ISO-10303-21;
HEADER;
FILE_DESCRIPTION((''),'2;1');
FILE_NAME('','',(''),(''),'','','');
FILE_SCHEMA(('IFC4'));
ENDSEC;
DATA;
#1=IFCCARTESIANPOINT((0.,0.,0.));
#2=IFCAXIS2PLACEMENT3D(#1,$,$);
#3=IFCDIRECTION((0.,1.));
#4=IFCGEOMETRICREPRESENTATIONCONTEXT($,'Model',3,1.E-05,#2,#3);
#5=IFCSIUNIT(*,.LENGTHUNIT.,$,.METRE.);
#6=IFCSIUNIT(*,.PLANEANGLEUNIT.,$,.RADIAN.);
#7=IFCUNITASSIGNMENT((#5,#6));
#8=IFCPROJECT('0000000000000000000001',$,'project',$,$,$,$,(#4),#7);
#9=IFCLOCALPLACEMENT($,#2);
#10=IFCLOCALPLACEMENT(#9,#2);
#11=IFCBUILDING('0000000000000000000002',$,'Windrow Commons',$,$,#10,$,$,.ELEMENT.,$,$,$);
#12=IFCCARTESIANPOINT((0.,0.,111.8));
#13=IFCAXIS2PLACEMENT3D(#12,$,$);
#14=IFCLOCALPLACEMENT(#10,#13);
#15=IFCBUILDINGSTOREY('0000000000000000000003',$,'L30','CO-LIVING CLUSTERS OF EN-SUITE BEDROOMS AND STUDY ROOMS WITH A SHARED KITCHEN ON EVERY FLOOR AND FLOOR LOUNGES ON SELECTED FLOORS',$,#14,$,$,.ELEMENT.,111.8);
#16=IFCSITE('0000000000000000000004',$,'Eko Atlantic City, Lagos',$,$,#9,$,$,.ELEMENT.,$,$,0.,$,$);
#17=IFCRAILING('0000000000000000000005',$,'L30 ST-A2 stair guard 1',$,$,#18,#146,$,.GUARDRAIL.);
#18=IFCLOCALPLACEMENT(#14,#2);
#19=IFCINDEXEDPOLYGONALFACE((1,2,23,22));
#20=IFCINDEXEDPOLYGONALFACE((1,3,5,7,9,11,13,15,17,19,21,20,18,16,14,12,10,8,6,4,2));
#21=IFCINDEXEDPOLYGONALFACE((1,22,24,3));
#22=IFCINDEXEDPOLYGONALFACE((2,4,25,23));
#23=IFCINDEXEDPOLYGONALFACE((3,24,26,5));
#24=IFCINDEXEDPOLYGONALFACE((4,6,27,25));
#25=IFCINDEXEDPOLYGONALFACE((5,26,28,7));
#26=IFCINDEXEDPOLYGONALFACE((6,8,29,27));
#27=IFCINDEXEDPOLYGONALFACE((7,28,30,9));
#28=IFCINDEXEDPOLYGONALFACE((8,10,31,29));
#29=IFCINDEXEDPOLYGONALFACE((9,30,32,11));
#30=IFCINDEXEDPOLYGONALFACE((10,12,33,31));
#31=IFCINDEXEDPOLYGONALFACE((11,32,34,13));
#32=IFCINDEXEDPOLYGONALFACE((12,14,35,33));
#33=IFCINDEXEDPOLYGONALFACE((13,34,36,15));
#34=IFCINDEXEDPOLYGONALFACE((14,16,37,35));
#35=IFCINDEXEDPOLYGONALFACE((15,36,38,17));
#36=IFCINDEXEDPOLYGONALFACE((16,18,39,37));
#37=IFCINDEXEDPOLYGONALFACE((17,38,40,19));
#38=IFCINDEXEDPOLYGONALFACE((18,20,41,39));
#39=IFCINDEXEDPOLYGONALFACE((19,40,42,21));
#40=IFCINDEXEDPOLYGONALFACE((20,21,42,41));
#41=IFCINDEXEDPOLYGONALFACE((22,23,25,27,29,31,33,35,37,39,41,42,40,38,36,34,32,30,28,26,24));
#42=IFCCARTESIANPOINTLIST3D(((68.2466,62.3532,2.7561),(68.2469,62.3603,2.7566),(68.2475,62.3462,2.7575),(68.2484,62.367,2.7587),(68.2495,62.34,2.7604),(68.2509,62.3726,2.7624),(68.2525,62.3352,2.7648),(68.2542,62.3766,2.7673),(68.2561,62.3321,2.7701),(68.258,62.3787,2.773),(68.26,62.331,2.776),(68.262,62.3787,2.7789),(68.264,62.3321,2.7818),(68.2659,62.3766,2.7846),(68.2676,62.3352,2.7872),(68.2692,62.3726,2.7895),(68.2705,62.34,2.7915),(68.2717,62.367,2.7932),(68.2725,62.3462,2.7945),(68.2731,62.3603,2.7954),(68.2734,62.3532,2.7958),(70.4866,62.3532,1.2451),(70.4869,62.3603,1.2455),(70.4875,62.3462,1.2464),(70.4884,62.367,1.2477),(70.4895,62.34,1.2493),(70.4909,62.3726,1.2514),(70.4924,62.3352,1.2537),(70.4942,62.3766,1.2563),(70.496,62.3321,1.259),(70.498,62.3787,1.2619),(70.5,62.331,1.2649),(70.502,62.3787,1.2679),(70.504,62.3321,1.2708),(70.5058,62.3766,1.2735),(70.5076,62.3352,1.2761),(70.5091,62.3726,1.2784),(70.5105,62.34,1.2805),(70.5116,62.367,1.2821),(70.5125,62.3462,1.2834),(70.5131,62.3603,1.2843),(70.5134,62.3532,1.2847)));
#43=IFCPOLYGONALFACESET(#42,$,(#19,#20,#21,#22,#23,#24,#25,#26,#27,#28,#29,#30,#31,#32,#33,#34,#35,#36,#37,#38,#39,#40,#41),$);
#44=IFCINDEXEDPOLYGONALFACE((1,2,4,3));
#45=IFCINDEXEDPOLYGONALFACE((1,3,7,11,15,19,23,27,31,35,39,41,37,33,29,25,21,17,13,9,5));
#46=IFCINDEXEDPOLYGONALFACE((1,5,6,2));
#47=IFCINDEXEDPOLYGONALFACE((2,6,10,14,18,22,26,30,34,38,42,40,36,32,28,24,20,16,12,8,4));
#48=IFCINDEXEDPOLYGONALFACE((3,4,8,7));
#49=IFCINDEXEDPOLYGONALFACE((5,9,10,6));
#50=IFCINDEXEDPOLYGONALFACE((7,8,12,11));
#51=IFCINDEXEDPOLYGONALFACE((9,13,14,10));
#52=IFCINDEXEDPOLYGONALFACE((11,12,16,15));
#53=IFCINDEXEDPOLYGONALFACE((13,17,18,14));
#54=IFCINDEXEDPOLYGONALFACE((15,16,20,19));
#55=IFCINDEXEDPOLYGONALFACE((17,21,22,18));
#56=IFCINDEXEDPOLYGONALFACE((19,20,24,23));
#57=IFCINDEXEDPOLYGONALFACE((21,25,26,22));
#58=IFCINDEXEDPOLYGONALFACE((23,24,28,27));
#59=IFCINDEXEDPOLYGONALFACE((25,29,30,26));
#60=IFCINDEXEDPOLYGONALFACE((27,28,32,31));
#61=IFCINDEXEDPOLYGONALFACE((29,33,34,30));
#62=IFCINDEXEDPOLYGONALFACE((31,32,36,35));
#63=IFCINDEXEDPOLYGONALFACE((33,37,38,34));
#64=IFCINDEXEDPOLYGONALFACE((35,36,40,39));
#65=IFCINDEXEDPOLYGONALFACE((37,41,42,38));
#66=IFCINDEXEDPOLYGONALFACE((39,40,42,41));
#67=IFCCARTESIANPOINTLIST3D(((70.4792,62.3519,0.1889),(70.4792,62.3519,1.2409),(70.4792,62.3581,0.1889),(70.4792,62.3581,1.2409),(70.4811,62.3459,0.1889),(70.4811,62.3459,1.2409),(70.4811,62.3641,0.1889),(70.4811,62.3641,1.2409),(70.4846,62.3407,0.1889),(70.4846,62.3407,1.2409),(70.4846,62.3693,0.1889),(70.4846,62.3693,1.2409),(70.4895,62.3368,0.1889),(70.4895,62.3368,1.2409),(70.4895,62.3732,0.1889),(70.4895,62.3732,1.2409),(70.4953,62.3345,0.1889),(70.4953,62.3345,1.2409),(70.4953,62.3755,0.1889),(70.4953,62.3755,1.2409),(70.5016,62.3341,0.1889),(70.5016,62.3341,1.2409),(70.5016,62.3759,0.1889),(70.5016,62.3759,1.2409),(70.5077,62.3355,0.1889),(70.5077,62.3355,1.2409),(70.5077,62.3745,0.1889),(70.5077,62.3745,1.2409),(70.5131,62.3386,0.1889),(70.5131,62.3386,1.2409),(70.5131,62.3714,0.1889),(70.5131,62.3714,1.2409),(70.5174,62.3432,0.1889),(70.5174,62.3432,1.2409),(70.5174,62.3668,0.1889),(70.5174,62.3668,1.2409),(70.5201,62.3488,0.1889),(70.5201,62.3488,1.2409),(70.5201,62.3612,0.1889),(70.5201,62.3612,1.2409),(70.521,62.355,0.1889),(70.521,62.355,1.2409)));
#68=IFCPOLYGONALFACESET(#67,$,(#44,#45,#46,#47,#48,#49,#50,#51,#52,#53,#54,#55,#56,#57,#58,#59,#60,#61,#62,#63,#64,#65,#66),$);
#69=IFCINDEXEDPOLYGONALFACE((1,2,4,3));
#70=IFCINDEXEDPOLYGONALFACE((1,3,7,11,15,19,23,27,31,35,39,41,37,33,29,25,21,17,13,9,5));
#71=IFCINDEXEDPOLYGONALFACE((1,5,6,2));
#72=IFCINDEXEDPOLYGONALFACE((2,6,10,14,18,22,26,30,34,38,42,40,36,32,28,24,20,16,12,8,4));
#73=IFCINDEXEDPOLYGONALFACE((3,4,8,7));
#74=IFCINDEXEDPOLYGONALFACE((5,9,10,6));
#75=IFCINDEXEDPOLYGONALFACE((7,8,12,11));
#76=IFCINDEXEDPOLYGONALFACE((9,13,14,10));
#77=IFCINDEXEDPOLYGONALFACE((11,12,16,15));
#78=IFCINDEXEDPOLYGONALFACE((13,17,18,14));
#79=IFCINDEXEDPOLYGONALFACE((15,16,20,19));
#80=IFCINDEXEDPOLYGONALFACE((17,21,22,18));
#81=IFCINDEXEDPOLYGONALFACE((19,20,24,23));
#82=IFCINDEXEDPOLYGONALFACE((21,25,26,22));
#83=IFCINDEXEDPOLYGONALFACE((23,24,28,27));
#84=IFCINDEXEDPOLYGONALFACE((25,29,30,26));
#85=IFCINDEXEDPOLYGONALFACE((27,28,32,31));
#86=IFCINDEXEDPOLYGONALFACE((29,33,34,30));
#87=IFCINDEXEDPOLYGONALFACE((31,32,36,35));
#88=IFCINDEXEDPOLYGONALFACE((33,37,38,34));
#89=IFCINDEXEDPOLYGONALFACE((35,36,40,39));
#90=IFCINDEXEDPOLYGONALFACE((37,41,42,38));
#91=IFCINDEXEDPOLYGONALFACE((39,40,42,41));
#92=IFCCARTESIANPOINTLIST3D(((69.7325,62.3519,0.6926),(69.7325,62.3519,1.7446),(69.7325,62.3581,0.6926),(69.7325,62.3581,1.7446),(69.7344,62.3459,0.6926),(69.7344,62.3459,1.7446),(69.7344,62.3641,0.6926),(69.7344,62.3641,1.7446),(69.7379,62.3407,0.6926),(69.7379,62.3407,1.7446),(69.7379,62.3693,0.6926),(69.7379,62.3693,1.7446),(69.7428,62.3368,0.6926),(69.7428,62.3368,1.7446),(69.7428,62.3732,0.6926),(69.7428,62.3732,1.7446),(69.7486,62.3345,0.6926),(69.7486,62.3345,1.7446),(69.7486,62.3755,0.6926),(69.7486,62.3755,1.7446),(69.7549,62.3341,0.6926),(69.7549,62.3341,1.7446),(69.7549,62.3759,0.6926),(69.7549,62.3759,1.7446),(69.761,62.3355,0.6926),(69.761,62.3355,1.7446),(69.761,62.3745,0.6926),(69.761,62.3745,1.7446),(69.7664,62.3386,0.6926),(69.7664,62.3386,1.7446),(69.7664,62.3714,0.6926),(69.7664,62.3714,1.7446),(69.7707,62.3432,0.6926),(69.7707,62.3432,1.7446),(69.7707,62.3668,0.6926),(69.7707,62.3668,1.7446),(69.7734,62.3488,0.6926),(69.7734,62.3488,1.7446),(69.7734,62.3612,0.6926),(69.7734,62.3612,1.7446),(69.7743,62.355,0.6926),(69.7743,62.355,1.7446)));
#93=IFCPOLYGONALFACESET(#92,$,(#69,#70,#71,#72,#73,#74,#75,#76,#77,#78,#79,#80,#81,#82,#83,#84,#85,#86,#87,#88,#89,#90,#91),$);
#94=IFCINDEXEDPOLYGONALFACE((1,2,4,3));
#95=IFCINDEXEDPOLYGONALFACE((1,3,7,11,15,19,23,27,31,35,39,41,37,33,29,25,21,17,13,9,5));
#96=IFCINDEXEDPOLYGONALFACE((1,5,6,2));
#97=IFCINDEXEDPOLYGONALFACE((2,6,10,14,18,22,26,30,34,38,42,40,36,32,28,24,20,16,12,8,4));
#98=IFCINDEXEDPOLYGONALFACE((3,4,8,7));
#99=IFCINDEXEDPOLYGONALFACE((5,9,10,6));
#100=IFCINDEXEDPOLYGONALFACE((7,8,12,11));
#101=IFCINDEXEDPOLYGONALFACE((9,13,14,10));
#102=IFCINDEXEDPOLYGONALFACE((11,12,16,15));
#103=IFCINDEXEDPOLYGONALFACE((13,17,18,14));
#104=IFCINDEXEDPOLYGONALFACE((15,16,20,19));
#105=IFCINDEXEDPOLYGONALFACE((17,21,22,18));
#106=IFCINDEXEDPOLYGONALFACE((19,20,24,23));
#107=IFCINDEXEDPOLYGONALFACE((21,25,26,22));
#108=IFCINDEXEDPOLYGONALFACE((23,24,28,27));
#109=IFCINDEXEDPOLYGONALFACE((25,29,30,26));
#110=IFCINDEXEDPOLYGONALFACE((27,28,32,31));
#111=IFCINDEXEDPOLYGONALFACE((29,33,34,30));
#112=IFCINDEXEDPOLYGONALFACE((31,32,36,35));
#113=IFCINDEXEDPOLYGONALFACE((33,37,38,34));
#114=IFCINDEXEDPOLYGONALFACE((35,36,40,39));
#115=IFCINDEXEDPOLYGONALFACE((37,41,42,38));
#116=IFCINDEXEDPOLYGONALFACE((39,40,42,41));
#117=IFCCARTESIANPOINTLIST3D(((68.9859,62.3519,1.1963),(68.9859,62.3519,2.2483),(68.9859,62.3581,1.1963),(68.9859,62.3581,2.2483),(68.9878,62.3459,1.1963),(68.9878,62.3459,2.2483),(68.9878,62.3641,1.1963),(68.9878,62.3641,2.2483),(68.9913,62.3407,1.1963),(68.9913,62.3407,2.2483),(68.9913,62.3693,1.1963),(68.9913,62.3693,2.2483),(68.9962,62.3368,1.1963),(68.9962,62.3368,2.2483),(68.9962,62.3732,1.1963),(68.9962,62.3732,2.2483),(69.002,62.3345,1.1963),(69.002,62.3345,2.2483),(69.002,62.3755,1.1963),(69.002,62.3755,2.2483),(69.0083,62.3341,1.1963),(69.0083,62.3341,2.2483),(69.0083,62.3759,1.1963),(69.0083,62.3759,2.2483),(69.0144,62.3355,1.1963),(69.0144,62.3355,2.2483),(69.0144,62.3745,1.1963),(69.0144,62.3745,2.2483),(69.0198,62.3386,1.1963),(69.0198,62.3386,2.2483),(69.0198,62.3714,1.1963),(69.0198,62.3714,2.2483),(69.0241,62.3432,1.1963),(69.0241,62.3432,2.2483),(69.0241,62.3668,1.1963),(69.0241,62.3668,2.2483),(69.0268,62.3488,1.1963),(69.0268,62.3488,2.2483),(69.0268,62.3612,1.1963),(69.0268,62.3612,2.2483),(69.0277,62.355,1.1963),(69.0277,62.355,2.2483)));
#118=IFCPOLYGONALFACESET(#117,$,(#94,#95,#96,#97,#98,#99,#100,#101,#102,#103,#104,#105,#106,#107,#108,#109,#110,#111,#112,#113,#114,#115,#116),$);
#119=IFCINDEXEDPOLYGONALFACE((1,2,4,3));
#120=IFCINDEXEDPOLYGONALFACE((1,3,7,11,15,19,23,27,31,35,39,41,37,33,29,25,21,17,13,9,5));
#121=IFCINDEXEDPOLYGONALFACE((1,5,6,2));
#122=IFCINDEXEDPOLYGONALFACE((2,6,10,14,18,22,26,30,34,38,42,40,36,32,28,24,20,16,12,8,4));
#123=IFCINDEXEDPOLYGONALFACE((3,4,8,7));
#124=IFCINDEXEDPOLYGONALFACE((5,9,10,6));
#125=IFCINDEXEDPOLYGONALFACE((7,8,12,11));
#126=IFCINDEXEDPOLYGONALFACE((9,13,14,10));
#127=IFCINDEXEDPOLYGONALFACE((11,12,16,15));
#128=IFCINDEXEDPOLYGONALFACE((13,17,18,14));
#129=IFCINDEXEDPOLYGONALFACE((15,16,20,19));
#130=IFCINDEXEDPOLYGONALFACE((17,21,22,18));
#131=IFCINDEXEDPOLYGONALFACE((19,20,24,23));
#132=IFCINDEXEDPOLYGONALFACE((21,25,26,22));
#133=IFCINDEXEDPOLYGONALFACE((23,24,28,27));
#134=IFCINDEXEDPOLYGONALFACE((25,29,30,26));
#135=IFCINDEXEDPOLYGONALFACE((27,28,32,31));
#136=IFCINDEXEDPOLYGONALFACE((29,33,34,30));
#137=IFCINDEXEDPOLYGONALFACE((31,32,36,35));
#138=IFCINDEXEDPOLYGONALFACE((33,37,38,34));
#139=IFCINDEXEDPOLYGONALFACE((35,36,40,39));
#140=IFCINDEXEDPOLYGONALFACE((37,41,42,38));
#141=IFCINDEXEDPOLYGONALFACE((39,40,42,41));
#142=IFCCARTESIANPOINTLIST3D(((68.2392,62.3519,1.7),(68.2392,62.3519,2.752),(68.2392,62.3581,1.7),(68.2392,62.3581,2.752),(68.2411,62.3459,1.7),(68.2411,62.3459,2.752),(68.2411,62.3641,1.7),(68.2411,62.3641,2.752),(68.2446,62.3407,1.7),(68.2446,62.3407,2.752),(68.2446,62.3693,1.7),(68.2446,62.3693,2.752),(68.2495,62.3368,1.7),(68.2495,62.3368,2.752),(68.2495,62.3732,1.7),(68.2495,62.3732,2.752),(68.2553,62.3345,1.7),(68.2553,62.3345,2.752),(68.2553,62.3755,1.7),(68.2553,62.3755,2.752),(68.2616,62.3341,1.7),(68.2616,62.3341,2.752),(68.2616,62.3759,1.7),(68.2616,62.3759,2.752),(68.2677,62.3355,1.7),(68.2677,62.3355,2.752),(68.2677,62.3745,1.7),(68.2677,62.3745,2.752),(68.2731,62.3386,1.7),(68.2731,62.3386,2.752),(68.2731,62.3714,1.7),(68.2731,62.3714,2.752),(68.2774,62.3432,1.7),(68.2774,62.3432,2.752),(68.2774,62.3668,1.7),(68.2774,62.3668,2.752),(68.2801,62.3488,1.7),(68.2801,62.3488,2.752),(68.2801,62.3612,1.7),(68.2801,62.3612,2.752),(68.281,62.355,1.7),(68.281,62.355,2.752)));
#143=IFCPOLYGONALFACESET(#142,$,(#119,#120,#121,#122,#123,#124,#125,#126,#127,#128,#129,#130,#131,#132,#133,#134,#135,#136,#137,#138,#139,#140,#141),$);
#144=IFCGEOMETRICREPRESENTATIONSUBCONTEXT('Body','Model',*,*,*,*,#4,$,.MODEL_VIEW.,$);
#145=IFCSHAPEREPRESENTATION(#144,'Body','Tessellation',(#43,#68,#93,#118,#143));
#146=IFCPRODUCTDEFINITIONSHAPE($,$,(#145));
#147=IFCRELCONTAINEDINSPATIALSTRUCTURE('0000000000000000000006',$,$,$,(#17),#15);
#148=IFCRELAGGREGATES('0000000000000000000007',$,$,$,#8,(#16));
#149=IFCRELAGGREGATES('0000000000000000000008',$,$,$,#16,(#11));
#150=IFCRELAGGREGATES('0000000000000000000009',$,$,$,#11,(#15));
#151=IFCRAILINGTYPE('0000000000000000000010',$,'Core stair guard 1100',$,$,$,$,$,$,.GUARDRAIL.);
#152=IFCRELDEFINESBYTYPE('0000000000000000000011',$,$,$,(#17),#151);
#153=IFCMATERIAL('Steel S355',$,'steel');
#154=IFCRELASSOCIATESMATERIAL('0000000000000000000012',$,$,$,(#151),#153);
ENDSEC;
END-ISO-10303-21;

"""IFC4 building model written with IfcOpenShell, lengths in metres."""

from ifc_helpers import new_model, si_unit, direction, frame, origin, origin_2d, place, context, subcontext, project, spatial, circle, extrude, material, type_object, element, save


model = new_model("IFC4")

# Units and contexts
model_context = context("Model", 3, precision=1e-05, world=origin(), true_north=direction((0.0, 1.0)))
body_context = subcontext(model_context, "Body", "Model", "MODEL_VIEW")
ifc_project = project(units=[si_unit("LENGTHUNIT", "METRE"), si_unit("PLANEANGLEUNIT", "RADIAN")], contexts=[model_context])

# Site, building, storey
site_placement = place(None, origin())
site = spatial("IfcSite", under=ifc_project, at=site_placement, Name="Eko Atlantic City, Lagos", CompositionType="ELEMENT", RefElevation=0.0)
building_placement = place(site_placement, origin())
building = spatial("IfcBuilding", under=site, at=building_placement, Name="Windrow Commons", CompositionType="ELEMENT")
storey_placement = place(building_placement, frame((0.0, 0.0, 111.8)))
storey = spatial("IfcBuildingStorey", under=building, at=storey_placement, Name="L30", Description="CO-LIVING CLUSTERS OF EN-SUITE BEDROOMS AND STUDY ROOMS WITH A SHARED KITCHEN ON EVERY FLOOR AND FLOOR LOUNGES ON SELECTED FLOORS", CompositionType="ELEMENT", Elevation=111.8)

# Railing
ifc_material_1 = material(Name="Steel S355", Category="steel")
railing_type_1 = type_object("IfcRailingType", Name="Core stair guard 1100", PredefinedType="GUARDRAIL", material=ifc_material_1)
railing_1_placement = place(storey_placement, frame((70.5, 62.355, 0.1889)))
element("IfcRailing", 1, at=railing_1_placement, inside=storey, type_object=railing_type_1, Name="L30 ST-A2 stair guard 1", PredefinedType="GUARDRAIL", context=body_context, shape_type="SweptSolid", body=[
    extrude(circle(Radius=0.024, at=origin_2d()), frame((0.0, 0.0, 1.076), z_axis=(-0.829003, 0.0, 0.559244), x_axis=(0.0, -1.0, 0.0)), (0.0, 0.0, 1.0), 2.702),
    extrude(circle(Radius=0.021, at=origin_2d()), origin(), (0.0, 0.0, 1.0), 1.052),
    extrude(circle(Radius=0.021, at=origin_2d()), frame((-0.7467, 0.0, 0.5037)), (0.0, 0.0, 1.0), 1.052),
    extrude(circle(Radius=0.021, at=origin_2d()), frame((-1.4933, 0.0, 1.0074)), (0.0, 0.0, 1.0), 1.052),
    extrude(circle(Radius=0.021, at=origin_2d()), frame((-2.24, 0.0, 1.5111)), (0.0, 0.0, 1.0), 1.052),
])

save(model, "model.ifc")
